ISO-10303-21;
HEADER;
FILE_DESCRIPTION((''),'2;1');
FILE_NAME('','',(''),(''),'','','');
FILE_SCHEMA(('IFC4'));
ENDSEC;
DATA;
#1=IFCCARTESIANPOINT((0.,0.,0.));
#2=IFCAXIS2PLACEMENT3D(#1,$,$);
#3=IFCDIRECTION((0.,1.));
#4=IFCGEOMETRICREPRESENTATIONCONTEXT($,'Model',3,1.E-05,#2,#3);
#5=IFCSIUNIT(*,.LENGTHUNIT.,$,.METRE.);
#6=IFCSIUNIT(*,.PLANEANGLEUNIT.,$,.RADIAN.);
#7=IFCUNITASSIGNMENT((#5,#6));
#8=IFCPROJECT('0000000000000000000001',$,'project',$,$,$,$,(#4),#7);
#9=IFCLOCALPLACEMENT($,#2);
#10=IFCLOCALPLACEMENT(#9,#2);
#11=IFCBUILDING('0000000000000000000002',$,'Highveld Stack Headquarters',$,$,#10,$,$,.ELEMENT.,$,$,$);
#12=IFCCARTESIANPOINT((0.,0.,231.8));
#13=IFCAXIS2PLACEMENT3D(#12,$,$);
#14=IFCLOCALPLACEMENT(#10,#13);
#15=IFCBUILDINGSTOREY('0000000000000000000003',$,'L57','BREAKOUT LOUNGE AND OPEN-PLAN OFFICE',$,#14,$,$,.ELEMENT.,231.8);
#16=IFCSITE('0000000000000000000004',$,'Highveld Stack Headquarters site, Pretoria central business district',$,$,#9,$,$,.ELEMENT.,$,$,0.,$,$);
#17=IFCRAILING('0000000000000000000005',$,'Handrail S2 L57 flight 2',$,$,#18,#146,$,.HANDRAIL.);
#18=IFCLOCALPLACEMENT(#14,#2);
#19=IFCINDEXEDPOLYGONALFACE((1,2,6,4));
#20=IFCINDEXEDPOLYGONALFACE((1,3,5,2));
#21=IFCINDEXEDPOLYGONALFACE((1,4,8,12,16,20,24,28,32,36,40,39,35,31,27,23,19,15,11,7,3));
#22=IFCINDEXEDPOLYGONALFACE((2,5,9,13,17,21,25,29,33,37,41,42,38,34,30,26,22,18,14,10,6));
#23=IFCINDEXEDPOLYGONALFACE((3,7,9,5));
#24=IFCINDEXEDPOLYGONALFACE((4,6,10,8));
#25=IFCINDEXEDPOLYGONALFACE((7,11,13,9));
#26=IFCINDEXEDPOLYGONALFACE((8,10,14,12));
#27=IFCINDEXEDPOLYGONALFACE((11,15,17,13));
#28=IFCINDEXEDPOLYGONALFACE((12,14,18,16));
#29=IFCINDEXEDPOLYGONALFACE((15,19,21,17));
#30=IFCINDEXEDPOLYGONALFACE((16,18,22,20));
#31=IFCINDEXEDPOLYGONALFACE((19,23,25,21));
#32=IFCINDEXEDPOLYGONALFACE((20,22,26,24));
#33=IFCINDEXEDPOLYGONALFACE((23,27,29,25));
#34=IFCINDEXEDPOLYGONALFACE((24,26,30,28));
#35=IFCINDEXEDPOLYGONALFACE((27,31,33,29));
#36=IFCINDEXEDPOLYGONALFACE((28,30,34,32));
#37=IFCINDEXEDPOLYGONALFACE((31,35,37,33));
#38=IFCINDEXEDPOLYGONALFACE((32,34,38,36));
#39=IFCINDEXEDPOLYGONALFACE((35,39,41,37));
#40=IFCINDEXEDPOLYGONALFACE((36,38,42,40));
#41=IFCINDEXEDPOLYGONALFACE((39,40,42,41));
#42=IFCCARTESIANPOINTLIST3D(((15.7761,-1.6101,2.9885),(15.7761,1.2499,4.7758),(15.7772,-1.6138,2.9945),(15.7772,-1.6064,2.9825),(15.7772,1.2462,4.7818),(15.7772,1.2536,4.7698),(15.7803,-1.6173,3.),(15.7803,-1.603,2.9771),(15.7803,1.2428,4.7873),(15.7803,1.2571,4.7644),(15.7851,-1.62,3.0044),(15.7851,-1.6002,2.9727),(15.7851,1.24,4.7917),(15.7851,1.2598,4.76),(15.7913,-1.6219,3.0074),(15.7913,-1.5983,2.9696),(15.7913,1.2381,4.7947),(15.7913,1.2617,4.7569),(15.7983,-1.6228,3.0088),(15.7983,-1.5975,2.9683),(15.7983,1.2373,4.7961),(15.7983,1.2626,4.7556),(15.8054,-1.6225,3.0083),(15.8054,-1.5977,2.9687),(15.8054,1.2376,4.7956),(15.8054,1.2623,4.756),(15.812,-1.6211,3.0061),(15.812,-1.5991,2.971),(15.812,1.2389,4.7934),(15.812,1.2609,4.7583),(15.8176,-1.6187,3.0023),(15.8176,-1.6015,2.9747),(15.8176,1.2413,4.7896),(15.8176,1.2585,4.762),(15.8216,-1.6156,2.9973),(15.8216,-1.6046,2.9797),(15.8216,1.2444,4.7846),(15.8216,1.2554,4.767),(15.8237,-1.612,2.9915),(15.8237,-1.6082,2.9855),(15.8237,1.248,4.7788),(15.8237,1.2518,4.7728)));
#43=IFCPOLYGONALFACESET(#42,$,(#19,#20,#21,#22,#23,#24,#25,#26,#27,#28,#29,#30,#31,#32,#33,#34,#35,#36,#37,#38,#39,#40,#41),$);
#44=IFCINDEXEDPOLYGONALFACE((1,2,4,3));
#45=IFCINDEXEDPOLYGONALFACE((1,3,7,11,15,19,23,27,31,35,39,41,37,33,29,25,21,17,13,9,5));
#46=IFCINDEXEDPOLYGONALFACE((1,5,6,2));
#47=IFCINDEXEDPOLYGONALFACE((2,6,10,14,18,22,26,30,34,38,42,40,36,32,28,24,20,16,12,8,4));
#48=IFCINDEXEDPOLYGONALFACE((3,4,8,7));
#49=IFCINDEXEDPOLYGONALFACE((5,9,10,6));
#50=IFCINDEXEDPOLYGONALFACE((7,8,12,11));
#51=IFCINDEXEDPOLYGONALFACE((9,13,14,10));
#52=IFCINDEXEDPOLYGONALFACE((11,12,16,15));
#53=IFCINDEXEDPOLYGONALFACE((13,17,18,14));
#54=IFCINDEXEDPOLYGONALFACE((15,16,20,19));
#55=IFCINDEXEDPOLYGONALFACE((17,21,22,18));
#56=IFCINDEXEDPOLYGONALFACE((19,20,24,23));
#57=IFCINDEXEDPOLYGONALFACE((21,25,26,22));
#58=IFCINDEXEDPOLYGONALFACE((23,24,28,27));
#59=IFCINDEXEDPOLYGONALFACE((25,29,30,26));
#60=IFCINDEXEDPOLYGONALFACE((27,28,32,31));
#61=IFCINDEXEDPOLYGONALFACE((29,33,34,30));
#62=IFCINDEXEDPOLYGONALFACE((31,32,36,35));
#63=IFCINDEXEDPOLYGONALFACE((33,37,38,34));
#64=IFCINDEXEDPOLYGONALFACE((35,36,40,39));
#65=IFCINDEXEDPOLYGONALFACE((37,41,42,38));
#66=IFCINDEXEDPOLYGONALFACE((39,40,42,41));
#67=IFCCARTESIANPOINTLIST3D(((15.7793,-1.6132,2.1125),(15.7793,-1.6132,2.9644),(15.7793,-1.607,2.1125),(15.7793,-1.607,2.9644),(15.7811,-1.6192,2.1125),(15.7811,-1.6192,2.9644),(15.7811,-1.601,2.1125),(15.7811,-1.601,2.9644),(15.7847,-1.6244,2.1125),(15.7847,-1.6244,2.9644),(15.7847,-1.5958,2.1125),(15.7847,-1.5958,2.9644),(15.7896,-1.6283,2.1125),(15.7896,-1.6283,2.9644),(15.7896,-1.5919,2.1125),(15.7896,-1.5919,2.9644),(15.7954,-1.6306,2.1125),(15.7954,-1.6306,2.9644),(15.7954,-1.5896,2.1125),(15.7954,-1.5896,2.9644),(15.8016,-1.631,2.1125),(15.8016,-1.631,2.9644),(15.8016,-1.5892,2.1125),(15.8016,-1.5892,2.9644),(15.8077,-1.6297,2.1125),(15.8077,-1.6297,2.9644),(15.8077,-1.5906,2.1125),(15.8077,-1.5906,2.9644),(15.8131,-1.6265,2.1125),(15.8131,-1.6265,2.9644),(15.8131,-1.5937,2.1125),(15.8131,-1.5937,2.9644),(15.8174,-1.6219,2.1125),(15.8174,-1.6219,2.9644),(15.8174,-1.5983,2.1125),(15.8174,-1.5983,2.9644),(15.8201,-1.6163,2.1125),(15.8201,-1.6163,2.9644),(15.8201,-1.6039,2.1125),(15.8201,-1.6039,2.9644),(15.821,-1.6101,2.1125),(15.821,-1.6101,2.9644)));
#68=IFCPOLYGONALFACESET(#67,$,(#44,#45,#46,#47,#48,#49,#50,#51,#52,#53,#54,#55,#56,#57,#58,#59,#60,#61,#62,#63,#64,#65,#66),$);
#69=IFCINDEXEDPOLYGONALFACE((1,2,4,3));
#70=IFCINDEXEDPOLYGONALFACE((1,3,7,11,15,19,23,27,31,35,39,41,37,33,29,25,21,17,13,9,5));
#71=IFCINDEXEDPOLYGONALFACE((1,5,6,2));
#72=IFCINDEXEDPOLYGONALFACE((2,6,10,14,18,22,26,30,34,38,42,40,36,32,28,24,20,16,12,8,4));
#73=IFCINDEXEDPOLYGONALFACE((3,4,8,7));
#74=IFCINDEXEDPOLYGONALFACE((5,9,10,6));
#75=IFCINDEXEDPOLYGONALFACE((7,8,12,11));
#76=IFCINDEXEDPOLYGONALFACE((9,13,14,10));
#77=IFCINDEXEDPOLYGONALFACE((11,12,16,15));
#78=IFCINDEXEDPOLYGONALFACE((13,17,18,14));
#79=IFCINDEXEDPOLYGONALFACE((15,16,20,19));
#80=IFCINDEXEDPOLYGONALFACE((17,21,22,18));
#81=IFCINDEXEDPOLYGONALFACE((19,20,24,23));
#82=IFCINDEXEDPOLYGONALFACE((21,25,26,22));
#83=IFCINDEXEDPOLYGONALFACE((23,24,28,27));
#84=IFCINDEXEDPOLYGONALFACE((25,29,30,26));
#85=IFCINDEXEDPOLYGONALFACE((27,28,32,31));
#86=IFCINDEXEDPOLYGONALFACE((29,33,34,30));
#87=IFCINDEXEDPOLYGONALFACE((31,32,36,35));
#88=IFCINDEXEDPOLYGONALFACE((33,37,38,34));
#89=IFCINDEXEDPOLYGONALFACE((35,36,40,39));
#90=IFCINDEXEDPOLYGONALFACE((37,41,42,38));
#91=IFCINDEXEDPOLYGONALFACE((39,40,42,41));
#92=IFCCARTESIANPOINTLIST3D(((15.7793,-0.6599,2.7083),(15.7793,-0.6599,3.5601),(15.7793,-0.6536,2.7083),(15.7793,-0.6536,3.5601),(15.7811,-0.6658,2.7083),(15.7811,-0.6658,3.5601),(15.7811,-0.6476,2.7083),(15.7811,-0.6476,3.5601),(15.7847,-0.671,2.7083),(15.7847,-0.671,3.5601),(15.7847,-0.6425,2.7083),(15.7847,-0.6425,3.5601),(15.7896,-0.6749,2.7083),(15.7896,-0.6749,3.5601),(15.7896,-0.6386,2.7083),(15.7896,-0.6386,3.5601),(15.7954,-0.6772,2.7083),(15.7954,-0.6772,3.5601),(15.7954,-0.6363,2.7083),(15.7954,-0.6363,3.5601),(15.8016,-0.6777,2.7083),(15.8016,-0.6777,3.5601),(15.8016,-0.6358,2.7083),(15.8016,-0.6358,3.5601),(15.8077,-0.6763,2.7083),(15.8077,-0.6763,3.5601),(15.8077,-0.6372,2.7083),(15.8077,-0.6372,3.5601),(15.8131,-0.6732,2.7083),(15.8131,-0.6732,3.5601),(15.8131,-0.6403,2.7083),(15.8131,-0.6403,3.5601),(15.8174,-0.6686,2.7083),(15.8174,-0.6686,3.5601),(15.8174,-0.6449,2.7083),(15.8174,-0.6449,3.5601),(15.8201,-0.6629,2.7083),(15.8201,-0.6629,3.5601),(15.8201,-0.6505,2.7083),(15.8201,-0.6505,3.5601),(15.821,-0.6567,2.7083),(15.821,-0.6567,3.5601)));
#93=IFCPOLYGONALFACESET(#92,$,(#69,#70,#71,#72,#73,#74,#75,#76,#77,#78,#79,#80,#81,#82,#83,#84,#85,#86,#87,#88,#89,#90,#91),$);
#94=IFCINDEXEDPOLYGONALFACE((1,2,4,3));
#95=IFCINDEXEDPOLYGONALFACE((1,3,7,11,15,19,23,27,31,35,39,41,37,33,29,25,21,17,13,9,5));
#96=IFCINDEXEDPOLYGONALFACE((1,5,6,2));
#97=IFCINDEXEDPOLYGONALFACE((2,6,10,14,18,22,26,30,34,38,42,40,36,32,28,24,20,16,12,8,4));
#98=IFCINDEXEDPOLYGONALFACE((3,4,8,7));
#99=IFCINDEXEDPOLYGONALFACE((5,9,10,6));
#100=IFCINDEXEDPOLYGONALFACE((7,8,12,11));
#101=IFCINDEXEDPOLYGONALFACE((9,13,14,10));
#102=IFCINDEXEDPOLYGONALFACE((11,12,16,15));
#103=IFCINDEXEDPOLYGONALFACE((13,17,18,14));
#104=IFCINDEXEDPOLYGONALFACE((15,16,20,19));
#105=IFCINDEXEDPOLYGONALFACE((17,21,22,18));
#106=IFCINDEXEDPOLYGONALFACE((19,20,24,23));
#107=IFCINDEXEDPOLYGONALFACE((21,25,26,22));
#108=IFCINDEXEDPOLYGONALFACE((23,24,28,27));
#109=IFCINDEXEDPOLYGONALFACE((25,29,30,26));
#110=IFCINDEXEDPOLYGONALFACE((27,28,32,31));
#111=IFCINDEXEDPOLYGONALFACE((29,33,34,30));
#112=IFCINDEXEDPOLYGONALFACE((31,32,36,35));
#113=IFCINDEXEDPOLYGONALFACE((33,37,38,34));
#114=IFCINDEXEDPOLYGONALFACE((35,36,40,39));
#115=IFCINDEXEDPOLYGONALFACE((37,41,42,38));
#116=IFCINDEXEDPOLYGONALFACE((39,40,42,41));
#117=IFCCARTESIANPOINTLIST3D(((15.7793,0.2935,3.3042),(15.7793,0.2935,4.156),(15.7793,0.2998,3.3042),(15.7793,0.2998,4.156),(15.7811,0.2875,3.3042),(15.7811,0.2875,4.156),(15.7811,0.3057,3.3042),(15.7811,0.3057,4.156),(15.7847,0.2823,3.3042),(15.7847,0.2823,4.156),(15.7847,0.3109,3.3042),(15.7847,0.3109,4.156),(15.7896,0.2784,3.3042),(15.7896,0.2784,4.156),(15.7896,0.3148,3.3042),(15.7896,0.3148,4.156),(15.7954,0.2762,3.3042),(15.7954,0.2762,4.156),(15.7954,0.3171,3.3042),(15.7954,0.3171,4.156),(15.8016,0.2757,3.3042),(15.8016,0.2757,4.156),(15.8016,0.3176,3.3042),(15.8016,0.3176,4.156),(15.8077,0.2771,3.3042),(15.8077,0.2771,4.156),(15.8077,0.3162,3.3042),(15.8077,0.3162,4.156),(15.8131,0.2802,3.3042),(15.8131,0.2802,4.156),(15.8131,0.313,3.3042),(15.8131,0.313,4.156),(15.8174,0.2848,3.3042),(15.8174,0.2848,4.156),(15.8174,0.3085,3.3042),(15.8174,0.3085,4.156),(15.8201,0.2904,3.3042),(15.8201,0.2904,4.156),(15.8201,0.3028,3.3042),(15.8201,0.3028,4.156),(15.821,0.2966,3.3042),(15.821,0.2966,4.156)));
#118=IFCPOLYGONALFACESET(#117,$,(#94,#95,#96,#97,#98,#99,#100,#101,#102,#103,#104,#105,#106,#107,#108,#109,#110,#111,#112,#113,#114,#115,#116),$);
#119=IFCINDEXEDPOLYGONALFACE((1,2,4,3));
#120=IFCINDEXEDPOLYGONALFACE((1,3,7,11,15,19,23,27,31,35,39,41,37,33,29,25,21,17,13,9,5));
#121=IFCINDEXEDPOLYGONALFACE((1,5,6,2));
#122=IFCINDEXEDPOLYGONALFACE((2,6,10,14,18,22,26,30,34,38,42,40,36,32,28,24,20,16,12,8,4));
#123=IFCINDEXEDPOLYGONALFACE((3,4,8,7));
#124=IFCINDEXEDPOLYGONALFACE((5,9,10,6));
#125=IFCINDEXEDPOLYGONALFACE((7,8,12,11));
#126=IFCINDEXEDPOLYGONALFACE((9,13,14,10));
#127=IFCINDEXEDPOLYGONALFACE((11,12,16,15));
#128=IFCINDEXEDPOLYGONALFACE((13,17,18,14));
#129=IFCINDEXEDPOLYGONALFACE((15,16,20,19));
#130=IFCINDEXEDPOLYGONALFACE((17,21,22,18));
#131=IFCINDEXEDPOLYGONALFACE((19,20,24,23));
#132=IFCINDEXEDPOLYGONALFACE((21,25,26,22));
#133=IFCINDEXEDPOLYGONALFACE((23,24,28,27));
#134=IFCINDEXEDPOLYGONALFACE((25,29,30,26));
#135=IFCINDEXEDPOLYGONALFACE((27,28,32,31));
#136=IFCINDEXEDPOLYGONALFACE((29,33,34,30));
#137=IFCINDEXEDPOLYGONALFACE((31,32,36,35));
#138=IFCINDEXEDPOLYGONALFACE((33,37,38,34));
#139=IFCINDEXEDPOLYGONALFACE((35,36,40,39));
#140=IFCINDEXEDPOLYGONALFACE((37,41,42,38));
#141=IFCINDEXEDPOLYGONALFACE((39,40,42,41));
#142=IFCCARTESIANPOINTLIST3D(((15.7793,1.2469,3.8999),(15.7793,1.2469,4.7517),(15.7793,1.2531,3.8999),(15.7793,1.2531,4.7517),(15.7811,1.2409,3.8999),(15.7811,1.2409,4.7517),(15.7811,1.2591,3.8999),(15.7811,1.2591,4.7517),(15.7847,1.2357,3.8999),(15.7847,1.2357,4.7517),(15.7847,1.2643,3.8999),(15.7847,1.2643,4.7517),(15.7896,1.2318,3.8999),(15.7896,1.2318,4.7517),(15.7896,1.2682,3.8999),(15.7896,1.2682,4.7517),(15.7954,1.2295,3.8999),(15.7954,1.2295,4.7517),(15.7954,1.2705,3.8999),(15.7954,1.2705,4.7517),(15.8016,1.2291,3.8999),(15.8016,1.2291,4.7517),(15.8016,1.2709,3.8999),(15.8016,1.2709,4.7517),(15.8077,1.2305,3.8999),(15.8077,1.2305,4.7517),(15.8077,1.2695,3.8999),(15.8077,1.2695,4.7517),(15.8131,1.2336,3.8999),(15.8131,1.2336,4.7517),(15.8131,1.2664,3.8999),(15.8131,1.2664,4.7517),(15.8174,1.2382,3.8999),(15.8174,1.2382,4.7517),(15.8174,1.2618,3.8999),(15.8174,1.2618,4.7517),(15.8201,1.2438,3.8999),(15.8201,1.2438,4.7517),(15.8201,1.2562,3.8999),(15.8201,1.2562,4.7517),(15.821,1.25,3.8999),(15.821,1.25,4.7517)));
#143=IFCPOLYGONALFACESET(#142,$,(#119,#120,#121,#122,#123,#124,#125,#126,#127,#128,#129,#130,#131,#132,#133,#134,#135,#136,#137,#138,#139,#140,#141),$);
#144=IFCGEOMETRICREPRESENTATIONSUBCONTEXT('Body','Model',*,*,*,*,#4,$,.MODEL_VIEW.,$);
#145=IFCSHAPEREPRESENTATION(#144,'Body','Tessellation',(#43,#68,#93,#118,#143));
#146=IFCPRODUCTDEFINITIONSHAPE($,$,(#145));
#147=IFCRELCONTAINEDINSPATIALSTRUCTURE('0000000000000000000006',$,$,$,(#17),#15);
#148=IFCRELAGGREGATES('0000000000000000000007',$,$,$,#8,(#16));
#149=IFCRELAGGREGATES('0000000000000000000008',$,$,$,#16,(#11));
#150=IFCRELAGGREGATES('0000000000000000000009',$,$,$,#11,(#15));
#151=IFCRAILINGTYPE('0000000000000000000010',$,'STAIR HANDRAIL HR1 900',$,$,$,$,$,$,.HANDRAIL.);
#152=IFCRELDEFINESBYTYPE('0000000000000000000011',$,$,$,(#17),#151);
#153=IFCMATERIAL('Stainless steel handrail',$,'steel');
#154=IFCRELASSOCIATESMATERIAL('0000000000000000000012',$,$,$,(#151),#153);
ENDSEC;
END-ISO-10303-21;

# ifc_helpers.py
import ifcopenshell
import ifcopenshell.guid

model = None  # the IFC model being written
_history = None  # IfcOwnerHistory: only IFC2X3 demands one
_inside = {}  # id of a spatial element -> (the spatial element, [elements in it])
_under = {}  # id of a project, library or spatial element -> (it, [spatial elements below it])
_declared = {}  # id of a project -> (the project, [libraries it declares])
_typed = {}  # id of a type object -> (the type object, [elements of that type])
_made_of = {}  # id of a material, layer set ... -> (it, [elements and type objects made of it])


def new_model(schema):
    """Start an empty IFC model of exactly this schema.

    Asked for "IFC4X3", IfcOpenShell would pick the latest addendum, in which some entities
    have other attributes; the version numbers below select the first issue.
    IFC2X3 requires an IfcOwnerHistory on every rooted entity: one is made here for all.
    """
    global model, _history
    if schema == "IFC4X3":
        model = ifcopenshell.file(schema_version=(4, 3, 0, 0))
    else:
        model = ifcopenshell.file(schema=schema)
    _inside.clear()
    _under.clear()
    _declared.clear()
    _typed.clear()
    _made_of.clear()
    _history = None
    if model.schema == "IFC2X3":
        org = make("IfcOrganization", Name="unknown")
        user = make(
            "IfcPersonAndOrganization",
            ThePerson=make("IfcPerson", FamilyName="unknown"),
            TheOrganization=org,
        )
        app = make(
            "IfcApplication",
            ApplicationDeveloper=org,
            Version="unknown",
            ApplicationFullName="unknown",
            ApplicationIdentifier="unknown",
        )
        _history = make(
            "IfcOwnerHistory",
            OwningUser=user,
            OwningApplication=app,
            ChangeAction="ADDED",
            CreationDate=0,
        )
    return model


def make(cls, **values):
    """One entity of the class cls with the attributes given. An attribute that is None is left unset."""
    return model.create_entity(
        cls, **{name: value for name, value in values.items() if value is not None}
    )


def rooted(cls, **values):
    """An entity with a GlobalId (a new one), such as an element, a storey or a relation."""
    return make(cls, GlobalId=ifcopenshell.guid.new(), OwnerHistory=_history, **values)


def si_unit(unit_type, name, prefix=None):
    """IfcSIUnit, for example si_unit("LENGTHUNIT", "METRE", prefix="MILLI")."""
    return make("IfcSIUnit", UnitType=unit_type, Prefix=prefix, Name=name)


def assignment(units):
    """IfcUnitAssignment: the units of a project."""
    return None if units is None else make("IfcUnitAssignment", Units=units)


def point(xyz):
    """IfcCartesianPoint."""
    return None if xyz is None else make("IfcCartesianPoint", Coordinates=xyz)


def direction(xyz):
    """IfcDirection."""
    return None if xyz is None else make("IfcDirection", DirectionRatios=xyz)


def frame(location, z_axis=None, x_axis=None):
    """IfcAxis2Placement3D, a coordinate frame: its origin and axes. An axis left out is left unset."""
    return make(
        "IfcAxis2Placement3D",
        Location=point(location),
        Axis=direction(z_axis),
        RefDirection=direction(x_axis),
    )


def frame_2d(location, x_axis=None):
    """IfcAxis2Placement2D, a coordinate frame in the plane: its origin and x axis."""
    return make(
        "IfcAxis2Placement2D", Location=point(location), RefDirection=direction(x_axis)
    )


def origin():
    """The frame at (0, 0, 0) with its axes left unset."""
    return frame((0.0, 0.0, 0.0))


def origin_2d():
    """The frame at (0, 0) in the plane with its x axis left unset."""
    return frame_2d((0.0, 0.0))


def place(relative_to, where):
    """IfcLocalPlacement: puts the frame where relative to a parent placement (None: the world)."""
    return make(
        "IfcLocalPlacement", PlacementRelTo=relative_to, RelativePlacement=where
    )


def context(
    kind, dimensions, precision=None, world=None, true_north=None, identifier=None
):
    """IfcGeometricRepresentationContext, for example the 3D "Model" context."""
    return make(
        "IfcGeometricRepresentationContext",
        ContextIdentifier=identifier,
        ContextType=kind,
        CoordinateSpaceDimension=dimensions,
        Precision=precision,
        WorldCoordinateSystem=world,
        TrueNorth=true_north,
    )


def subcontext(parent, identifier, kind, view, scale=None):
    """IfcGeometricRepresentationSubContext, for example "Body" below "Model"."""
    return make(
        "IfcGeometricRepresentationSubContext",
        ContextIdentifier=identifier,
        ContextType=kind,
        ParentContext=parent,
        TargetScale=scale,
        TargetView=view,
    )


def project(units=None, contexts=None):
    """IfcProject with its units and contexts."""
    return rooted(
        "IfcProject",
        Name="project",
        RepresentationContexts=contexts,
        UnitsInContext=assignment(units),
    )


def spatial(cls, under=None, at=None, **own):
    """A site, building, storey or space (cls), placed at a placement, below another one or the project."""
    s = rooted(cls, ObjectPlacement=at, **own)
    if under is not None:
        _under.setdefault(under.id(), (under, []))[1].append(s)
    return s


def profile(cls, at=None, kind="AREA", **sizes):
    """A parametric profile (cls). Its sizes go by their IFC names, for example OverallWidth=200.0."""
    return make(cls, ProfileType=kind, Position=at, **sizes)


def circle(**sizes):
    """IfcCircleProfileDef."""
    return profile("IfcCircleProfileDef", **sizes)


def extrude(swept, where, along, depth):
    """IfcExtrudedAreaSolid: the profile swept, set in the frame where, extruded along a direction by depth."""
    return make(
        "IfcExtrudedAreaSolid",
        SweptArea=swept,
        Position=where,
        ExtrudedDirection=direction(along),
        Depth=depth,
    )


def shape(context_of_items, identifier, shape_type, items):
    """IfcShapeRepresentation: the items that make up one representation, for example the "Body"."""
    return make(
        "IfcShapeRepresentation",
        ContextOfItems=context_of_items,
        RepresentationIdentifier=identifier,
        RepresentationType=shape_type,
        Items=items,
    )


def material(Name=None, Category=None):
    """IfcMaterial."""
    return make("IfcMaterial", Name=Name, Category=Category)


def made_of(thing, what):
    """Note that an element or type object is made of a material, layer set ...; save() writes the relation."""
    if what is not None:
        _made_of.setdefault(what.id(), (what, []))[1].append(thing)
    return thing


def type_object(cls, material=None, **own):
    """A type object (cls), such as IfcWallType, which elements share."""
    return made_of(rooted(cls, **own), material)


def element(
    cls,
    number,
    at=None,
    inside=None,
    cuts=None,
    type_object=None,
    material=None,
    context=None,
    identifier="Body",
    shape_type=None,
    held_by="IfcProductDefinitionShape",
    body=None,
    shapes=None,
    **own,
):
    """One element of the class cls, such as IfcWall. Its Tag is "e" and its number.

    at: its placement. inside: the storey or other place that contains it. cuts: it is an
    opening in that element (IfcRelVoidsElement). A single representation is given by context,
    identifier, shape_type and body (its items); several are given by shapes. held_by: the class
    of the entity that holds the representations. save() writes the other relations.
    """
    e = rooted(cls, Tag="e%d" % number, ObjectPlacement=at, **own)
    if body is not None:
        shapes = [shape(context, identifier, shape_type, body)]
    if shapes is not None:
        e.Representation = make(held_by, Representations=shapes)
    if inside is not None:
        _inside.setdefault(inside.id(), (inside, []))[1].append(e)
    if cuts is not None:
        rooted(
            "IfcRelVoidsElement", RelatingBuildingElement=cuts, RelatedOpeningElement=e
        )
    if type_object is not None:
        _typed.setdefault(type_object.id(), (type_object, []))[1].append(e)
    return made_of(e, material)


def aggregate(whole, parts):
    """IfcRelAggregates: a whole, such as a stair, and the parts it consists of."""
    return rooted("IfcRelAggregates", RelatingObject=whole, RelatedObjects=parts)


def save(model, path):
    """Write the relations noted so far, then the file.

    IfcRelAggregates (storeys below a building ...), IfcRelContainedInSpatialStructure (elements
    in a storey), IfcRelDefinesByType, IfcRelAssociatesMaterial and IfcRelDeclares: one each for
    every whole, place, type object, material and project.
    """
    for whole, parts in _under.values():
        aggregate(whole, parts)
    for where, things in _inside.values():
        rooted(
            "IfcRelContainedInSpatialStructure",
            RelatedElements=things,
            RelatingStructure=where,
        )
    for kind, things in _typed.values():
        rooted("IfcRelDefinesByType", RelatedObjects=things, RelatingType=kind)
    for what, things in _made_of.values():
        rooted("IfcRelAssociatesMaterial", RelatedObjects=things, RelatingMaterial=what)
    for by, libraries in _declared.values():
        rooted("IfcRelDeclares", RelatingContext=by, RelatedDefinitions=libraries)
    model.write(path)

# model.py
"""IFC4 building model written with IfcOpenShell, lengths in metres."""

from ifc_helpers import new_model, si_unit, direction, frame, origin, origin_2d, place, context, subcontext, project, spatial, circle, extrude, material, type_object, element, save


model = new_model("IFC4")

# Units and contexts
model_context = context("Model", 3, precision=1e-05, world=origin(), true_north=direction((0.0, 1.0)))
body_context = subcontext(model_context, "Body", "Model", "MODEL_VIEW")
ifc_project = project(units=[si_unit("LENGTHUNIT", "METRE"), si_unit("PLANEANGLEUNIT", "RADIAN")], contexts=[model_context])

# Site, building, storey
site_placement = place(None, origin())
site = spatial("IfcSite", under=ifc_project, at=site_placement, Name="Highveld Stack Headquarters site, Pretoria central business district", CompositionType="ELEMENT", RefElevation=0.0)
building_placement = place(site_placement, origin())
building = spatial("IfcBuilding", under=site, at=building_placement, Name="Highveld Stack Headquarters", CompositionType="ELEMENT")
storey_placement = place(building_placement, frame((0.0, 0.0, 231.8)))
storey = spatial("IfcBuildingStorey", under=building, at=storey_placement, Name="L57", Description="BREAKOUT LOUNGE AND OPEN-PLAN OFFICE", CompositionType="ELEMENT", Elevation=231.8)

# Railing
ifc_material_1 = material(Name="Stainless steel handrail", Category="steel")
railing_type = type_object("IfcRailingType", Name="STAIR HANDRAIL HR1 900", PredefinedType="HANDRAIL", material=ifc_material_1)
for number, where, name in (
    (1, (15.8, -1.6101, 2.1125), "Handrail S2 L57 flight 2"),
):
    element("IfcRailing", number, at=place(storey_placement, frame(where)), inside=storey, type_object=railing_type, Name=name, PredefinedType="HANDRAIL", context=body_context, shape_type="SweptSolid", body=[
        extrude(circle(Radius=0.0239, at=origin_2d()), frame((0.0, 0.0, 0.876), z_axis=(0.0, 0.848027, 0.529953), x_axis=(-1.0, 0.0, 0.0)), (0.0, 0.0, 1.0), 3.3726),
        extrude(circle(Radius=0.021, at=origin_2d()), origin(), (0.0, 0.0, 1.0), 0.8518),
        extrude(circle(Radius=0.021, at=origin_2d()), frame((0.0, 0.9534, 0.5957)), (0.0, 0.0, 1.0), 0.8518),
        extrude(circle(Radius=0.021, at=origin_2d()), frame((0.0, 1.9067, 1.1917)), (0.0, 0.0, 1.0), 0.8518),
        extrude(circle(Radius=0.021, at=origin_2d()), frame((0.0, 2.8601, 1.7874)), (0.0, 0.0, 1.0), 0.8518),
    ])

save(model, "model.ifc")
